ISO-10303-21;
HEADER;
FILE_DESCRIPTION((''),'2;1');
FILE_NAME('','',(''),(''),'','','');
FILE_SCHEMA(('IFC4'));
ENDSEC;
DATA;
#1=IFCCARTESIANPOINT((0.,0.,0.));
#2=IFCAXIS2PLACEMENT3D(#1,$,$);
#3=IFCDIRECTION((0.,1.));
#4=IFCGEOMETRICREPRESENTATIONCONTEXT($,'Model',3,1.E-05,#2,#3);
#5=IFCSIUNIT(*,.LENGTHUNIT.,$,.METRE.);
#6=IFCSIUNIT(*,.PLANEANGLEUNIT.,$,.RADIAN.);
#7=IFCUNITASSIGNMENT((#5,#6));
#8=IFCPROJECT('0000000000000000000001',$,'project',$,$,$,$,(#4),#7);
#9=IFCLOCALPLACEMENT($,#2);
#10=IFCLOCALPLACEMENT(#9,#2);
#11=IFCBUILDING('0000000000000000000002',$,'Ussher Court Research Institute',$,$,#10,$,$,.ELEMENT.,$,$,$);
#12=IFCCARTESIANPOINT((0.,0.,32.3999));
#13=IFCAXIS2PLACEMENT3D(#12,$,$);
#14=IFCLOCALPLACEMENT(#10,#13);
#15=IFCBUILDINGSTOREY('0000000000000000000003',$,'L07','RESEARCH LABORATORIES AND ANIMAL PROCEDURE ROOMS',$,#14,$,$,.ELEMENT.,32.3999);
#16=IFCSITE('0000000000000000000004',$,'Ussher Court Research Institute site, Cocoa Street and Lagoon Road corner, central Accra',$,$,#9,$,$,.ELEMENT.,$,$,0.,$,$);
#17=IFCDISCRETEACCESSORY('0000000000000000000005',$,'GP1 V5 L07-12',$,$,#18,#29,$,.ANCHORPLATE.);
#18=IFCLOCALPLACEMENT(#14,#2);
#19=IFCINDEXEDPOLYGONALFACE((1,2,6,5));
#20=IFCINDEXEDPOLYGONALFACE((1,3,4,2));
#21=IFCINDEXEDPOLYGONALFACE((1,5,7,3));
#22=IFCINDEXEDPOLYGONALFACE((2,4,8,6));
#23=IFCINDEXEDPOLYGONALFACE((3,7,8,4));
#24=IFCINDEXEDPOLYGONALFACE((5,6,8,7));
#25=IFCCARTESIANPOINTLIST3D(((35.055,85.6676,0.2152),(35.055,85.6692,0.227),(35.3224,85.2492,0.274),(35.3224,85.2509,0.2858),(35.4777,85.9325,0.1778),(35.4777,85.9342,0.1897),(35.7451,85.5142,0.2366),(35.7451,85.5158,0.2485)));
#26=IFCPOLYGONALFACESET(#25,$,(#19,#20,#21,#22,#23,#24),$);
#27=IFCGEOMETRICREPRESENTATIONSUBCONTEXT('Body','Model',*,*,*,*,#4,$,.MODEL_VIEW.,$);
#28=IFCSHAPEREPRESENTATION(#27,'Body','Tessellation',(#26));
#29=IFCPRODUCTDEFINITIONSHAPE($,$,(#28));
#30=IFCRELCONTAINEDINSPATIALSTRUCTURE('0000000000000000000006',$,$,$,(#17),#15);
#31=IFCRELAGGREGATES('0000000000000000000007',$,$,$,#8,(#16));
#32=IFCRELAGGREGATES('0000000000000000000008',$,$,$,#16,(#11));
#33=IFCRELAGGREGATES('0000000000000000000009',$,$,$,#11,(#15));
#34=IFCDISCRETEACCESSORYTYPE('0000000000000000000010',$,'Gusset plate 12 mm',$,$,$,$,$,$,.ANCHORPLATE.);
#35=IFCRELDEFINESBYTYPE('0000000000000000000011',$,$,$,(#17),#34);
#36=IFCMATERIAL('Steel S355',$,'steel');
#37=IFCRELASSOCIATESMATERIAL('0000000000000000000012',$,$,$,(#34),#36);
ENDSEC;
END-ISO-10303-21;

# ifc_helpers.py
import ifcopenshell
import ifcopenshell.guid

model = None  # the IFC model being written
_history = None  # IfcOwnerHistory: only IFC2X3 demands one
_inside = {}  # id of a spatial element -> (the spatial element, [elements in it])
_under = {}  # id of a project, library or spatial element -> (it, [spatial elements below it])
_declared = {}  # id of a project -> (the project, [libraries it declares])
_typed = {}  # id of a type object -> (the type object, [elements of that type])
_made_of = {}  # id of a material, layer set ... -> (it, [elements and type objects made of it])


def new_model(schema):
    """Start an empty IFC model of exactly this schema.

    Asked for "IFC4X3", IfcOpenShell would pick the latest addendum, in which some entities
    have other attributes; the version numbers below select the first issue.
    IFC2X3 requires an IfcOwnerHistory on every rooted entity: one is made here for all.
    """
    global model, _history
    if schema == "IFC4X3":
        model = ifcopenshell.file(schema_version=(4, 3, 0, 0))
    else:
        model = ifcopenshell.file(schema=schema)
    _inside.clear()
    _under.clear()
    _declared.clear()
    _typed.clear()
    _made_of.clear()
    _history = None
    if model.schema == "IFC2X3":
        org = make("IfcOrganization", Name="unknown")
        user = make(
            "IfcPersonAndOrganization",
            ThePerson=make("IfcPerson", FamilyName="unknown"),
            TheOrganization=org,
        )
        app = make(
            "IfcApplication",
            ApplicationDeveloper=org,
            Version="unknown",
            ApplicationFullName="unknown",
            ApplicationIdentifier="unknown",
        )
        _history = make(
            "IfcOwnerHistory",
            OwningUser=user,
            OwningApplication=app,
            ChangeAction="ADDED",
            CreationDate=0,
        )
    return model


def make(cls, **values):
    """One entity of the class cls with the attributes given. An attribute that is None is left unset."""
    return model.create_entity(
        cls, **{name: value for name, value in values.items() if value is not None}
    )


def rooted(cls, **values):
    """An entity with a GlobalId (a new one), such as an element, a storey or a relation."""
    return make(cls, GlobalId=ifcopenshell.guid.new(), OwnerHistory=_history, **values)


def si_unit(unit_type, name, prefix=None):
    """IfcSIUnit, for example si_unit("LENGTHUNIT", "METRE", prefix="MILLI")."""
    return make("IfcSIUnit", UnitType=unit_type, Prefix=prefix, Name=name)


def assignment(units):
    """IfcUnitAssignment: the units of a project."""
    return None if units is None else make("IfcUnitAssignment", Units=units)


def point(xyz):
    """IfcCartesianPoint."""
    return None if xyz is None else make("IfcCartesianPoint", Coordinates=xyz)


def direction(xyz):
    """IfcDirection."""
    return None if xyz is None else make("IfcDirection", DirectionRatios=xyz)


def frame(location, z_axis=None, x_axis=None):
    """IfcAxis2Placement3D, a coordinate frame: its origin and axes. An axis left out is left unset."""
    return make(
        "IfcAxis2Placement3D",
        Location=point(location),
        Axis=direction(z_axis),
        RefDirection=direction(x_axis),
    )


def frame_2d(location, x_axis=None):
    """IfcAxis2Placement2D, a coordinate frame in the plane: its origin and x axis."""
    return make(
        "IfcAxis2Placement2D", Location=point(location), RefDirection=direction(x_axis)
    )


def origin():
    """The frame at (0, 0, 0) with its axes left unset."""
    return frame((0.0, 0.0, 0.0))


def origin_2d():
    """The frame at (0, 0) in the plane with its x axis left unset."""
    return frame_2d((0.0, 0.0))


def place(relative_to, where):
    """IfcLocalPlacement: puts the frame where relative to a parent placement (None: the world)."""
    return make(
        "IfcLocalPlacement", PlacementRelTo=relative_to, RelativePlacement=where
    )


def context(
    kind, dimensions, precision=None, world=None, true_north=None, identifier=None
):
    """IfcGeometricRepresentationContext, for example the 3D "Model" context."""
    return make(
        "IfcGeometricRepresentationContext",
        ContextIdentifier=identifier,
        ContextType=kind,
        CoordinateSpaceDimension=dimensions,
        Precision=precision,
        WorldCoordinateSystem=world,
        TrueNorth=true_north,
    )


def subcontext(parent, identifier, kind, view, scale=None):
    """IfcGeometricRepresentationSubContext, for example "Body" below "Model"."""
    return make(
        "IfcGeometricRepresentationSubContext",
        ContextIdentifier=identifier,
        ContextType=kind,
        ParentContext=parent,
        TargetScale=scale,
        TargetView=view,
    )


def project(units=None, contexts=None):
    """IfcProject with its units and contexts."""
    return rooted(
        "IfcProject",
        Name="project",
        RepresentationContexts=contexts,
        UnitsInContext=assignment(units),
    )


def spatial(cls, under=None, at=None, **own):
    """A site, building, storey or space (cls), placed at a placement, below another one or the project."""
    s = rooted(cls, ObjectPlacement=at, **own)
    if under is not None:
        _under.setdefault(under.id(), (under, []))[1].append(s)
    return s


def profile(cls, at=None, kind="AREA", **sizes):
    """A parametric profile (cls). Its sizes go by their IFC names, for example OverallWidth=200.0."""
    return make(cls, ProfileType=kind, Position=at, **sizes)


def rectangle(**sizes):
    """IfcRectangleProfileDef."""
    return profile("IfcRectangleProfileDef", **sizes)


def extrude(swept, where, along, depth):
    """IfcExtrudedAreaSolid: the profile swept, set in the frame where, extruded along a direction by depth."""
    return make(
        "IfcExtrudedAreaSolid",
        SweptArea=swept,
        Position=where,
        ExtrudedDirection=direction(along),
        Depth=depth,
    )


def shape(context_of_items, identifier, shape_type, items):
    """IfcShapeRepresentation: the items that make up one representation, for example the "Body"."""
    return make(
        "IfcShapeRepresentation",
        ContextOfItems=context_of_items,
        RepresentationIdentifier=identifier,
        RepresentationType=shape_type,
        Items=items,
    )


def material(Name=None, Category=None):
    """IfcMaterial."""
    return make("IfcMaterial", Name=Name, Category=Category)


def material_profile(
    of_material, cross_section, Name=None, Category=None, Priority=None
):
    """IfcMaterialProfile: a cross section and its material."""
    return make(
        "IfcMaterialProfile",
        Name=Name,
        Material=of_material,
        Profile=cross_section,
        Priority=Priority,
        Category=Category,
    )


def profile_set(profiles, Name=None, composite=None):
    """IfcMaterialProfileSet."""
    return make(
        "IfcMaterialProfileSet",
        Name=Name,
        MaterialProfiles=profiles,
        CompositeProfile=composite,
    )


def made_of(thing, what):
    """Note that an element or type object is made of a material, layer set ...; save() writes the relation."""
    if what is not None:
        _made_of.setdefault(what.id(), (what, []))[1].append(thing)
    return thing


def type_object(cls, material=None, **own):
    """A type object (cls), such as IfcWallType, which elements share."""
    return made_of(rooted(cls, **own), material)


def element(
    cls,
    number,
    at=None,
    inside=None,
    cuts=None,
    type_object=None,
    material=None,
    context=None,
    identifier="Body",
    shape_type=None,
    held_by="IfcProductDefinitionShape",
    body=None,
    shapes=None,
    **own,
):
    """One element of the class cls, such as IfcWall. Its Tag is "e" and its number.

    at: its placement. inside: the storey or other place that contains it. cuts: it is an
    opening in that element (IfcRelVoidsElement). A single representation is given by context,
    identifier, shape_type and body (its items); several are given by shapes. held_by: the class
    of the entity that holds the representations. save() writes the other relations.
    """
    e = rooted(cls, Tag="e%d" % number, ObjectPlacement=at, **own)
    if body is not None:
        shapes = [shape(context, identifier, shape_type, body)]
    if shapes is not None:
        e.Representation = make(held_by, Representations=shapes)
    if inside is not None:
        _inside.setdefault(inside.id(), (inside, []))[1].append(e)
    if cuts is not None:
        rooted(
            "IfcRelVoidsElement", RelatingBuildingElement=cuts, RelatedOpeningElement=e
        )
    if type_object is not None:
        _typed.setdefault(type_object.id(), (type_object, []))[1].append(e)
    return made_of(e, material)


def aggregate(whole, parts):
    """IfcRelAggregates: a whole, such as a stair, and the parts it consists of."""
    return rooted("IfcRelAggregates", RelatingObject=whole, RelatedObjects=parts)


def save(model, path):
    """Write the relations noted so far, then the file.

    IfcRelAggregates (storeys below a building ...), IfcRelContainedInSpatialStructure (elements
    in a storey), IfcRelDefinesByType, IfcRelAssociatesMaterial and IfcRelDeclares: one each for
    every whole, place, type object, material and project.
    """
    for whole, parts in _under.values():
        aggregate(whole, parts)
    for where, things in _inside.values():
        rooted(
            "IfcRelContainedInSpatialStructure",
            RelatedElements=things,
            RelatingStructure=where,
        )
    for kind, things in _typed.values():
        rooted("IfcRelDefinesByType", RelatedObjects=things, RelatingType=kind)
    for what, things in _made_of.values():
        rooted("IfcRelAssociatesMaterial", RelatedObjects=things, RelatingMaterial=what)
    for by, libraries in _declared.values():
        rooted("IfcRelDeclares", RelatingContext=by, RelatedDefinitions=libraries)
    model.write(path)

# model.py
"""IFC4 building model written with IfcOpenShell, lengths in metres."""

from ifc_helpers import new_model, si_unit, direction, frame, origin, origin_2d, place, context, subcontext, project, spatial, rectangle, extrude, material, material_profile, profile_set, type_object, element, save


model = new_model("IFC4")

# Units and contexts
model_context = context("Model", 3, precision=1e-05, world=origin(), true_north=direction((0.0, 1.0)))
body_context = subcontext(model_context, "Body", "Model", "MODEL_VIEW")
ifc_project = project(units=[si_unit("LENGTHUNIT", "METRE"), si_unit("PLANEANGLEUNIT", "RADIAN")], contexts=[model_context])

# Site, building, storey
site_placement = place(None, origin())
site = spatial("IfcSite", under=ifc_project, at=site_placement, Name="Ussher Court Research Institute site, Cocoa Street and Lagoon Road corner, central Accra", CompositionType="ELEMENT", RefElevation=0.0)
building_placement = place(site_placement, origin())
building = spatial("IfcBuilding", under=site, at=building_placement, Name="Ussher Court Research Institute", CompositionType="ELEMENT")
storey_placement = place(building_placement, frame((0.0, 0.0, 32.3999)))
storey = spatial("IfcBuildingStorey", under=building, at=storey_placement, Name="L07", Description="RESEARCH LABORATORIES AND ANIMAL PROCEDURE ROOMS", CompositionType="ELEMENT", Elevation=32.3999)

# Discrete accessory
ifc_material_1 = material(Name="Steel S355", Category="steel")
ifc_material_profile_1 = material_profile(ifc_material_1, rectangle(XDim=0.5, YDim=0.012, at=origin_2d()), Name="PL 500x12")
ifc_profile_set_1 = profile_set([ifc_material_profile_1], Name="Steel S355")
discrete_accessory_type_1 = type_object("IfcDiscreteAccessoryType", Name="Gusset plate 12 mm", PredefinedType="ANCHORPLATE", material=ifc_profile_set_1)
for number, where, z_axis, x_axis, name in (
    (1, (35.1887, 85.4592, 0.2505), (0.844944, 0.529615, -0.074683), (0.534855, -0.83672, 0.117603), "GP1 V5 L07-12"),
):
    element("IfcDiscreteAccessory", number, at=place(storey_placement, frame(where, z_axis=z_axis, x_axis=x_axis)), inside=storey, type_object=discrete_accessory_type_1, Name=name, PredefinedType="ANCHORPLATE", context=body_context, shape_type="SweptSolid", body=[
        extrude(rectangle(XDim=0.5, YDim=0.012, at=origin_2d()), origin(), (0.0, 0.0, 1.0), 0.5002),
    ])

save(model, "model.ifc")
